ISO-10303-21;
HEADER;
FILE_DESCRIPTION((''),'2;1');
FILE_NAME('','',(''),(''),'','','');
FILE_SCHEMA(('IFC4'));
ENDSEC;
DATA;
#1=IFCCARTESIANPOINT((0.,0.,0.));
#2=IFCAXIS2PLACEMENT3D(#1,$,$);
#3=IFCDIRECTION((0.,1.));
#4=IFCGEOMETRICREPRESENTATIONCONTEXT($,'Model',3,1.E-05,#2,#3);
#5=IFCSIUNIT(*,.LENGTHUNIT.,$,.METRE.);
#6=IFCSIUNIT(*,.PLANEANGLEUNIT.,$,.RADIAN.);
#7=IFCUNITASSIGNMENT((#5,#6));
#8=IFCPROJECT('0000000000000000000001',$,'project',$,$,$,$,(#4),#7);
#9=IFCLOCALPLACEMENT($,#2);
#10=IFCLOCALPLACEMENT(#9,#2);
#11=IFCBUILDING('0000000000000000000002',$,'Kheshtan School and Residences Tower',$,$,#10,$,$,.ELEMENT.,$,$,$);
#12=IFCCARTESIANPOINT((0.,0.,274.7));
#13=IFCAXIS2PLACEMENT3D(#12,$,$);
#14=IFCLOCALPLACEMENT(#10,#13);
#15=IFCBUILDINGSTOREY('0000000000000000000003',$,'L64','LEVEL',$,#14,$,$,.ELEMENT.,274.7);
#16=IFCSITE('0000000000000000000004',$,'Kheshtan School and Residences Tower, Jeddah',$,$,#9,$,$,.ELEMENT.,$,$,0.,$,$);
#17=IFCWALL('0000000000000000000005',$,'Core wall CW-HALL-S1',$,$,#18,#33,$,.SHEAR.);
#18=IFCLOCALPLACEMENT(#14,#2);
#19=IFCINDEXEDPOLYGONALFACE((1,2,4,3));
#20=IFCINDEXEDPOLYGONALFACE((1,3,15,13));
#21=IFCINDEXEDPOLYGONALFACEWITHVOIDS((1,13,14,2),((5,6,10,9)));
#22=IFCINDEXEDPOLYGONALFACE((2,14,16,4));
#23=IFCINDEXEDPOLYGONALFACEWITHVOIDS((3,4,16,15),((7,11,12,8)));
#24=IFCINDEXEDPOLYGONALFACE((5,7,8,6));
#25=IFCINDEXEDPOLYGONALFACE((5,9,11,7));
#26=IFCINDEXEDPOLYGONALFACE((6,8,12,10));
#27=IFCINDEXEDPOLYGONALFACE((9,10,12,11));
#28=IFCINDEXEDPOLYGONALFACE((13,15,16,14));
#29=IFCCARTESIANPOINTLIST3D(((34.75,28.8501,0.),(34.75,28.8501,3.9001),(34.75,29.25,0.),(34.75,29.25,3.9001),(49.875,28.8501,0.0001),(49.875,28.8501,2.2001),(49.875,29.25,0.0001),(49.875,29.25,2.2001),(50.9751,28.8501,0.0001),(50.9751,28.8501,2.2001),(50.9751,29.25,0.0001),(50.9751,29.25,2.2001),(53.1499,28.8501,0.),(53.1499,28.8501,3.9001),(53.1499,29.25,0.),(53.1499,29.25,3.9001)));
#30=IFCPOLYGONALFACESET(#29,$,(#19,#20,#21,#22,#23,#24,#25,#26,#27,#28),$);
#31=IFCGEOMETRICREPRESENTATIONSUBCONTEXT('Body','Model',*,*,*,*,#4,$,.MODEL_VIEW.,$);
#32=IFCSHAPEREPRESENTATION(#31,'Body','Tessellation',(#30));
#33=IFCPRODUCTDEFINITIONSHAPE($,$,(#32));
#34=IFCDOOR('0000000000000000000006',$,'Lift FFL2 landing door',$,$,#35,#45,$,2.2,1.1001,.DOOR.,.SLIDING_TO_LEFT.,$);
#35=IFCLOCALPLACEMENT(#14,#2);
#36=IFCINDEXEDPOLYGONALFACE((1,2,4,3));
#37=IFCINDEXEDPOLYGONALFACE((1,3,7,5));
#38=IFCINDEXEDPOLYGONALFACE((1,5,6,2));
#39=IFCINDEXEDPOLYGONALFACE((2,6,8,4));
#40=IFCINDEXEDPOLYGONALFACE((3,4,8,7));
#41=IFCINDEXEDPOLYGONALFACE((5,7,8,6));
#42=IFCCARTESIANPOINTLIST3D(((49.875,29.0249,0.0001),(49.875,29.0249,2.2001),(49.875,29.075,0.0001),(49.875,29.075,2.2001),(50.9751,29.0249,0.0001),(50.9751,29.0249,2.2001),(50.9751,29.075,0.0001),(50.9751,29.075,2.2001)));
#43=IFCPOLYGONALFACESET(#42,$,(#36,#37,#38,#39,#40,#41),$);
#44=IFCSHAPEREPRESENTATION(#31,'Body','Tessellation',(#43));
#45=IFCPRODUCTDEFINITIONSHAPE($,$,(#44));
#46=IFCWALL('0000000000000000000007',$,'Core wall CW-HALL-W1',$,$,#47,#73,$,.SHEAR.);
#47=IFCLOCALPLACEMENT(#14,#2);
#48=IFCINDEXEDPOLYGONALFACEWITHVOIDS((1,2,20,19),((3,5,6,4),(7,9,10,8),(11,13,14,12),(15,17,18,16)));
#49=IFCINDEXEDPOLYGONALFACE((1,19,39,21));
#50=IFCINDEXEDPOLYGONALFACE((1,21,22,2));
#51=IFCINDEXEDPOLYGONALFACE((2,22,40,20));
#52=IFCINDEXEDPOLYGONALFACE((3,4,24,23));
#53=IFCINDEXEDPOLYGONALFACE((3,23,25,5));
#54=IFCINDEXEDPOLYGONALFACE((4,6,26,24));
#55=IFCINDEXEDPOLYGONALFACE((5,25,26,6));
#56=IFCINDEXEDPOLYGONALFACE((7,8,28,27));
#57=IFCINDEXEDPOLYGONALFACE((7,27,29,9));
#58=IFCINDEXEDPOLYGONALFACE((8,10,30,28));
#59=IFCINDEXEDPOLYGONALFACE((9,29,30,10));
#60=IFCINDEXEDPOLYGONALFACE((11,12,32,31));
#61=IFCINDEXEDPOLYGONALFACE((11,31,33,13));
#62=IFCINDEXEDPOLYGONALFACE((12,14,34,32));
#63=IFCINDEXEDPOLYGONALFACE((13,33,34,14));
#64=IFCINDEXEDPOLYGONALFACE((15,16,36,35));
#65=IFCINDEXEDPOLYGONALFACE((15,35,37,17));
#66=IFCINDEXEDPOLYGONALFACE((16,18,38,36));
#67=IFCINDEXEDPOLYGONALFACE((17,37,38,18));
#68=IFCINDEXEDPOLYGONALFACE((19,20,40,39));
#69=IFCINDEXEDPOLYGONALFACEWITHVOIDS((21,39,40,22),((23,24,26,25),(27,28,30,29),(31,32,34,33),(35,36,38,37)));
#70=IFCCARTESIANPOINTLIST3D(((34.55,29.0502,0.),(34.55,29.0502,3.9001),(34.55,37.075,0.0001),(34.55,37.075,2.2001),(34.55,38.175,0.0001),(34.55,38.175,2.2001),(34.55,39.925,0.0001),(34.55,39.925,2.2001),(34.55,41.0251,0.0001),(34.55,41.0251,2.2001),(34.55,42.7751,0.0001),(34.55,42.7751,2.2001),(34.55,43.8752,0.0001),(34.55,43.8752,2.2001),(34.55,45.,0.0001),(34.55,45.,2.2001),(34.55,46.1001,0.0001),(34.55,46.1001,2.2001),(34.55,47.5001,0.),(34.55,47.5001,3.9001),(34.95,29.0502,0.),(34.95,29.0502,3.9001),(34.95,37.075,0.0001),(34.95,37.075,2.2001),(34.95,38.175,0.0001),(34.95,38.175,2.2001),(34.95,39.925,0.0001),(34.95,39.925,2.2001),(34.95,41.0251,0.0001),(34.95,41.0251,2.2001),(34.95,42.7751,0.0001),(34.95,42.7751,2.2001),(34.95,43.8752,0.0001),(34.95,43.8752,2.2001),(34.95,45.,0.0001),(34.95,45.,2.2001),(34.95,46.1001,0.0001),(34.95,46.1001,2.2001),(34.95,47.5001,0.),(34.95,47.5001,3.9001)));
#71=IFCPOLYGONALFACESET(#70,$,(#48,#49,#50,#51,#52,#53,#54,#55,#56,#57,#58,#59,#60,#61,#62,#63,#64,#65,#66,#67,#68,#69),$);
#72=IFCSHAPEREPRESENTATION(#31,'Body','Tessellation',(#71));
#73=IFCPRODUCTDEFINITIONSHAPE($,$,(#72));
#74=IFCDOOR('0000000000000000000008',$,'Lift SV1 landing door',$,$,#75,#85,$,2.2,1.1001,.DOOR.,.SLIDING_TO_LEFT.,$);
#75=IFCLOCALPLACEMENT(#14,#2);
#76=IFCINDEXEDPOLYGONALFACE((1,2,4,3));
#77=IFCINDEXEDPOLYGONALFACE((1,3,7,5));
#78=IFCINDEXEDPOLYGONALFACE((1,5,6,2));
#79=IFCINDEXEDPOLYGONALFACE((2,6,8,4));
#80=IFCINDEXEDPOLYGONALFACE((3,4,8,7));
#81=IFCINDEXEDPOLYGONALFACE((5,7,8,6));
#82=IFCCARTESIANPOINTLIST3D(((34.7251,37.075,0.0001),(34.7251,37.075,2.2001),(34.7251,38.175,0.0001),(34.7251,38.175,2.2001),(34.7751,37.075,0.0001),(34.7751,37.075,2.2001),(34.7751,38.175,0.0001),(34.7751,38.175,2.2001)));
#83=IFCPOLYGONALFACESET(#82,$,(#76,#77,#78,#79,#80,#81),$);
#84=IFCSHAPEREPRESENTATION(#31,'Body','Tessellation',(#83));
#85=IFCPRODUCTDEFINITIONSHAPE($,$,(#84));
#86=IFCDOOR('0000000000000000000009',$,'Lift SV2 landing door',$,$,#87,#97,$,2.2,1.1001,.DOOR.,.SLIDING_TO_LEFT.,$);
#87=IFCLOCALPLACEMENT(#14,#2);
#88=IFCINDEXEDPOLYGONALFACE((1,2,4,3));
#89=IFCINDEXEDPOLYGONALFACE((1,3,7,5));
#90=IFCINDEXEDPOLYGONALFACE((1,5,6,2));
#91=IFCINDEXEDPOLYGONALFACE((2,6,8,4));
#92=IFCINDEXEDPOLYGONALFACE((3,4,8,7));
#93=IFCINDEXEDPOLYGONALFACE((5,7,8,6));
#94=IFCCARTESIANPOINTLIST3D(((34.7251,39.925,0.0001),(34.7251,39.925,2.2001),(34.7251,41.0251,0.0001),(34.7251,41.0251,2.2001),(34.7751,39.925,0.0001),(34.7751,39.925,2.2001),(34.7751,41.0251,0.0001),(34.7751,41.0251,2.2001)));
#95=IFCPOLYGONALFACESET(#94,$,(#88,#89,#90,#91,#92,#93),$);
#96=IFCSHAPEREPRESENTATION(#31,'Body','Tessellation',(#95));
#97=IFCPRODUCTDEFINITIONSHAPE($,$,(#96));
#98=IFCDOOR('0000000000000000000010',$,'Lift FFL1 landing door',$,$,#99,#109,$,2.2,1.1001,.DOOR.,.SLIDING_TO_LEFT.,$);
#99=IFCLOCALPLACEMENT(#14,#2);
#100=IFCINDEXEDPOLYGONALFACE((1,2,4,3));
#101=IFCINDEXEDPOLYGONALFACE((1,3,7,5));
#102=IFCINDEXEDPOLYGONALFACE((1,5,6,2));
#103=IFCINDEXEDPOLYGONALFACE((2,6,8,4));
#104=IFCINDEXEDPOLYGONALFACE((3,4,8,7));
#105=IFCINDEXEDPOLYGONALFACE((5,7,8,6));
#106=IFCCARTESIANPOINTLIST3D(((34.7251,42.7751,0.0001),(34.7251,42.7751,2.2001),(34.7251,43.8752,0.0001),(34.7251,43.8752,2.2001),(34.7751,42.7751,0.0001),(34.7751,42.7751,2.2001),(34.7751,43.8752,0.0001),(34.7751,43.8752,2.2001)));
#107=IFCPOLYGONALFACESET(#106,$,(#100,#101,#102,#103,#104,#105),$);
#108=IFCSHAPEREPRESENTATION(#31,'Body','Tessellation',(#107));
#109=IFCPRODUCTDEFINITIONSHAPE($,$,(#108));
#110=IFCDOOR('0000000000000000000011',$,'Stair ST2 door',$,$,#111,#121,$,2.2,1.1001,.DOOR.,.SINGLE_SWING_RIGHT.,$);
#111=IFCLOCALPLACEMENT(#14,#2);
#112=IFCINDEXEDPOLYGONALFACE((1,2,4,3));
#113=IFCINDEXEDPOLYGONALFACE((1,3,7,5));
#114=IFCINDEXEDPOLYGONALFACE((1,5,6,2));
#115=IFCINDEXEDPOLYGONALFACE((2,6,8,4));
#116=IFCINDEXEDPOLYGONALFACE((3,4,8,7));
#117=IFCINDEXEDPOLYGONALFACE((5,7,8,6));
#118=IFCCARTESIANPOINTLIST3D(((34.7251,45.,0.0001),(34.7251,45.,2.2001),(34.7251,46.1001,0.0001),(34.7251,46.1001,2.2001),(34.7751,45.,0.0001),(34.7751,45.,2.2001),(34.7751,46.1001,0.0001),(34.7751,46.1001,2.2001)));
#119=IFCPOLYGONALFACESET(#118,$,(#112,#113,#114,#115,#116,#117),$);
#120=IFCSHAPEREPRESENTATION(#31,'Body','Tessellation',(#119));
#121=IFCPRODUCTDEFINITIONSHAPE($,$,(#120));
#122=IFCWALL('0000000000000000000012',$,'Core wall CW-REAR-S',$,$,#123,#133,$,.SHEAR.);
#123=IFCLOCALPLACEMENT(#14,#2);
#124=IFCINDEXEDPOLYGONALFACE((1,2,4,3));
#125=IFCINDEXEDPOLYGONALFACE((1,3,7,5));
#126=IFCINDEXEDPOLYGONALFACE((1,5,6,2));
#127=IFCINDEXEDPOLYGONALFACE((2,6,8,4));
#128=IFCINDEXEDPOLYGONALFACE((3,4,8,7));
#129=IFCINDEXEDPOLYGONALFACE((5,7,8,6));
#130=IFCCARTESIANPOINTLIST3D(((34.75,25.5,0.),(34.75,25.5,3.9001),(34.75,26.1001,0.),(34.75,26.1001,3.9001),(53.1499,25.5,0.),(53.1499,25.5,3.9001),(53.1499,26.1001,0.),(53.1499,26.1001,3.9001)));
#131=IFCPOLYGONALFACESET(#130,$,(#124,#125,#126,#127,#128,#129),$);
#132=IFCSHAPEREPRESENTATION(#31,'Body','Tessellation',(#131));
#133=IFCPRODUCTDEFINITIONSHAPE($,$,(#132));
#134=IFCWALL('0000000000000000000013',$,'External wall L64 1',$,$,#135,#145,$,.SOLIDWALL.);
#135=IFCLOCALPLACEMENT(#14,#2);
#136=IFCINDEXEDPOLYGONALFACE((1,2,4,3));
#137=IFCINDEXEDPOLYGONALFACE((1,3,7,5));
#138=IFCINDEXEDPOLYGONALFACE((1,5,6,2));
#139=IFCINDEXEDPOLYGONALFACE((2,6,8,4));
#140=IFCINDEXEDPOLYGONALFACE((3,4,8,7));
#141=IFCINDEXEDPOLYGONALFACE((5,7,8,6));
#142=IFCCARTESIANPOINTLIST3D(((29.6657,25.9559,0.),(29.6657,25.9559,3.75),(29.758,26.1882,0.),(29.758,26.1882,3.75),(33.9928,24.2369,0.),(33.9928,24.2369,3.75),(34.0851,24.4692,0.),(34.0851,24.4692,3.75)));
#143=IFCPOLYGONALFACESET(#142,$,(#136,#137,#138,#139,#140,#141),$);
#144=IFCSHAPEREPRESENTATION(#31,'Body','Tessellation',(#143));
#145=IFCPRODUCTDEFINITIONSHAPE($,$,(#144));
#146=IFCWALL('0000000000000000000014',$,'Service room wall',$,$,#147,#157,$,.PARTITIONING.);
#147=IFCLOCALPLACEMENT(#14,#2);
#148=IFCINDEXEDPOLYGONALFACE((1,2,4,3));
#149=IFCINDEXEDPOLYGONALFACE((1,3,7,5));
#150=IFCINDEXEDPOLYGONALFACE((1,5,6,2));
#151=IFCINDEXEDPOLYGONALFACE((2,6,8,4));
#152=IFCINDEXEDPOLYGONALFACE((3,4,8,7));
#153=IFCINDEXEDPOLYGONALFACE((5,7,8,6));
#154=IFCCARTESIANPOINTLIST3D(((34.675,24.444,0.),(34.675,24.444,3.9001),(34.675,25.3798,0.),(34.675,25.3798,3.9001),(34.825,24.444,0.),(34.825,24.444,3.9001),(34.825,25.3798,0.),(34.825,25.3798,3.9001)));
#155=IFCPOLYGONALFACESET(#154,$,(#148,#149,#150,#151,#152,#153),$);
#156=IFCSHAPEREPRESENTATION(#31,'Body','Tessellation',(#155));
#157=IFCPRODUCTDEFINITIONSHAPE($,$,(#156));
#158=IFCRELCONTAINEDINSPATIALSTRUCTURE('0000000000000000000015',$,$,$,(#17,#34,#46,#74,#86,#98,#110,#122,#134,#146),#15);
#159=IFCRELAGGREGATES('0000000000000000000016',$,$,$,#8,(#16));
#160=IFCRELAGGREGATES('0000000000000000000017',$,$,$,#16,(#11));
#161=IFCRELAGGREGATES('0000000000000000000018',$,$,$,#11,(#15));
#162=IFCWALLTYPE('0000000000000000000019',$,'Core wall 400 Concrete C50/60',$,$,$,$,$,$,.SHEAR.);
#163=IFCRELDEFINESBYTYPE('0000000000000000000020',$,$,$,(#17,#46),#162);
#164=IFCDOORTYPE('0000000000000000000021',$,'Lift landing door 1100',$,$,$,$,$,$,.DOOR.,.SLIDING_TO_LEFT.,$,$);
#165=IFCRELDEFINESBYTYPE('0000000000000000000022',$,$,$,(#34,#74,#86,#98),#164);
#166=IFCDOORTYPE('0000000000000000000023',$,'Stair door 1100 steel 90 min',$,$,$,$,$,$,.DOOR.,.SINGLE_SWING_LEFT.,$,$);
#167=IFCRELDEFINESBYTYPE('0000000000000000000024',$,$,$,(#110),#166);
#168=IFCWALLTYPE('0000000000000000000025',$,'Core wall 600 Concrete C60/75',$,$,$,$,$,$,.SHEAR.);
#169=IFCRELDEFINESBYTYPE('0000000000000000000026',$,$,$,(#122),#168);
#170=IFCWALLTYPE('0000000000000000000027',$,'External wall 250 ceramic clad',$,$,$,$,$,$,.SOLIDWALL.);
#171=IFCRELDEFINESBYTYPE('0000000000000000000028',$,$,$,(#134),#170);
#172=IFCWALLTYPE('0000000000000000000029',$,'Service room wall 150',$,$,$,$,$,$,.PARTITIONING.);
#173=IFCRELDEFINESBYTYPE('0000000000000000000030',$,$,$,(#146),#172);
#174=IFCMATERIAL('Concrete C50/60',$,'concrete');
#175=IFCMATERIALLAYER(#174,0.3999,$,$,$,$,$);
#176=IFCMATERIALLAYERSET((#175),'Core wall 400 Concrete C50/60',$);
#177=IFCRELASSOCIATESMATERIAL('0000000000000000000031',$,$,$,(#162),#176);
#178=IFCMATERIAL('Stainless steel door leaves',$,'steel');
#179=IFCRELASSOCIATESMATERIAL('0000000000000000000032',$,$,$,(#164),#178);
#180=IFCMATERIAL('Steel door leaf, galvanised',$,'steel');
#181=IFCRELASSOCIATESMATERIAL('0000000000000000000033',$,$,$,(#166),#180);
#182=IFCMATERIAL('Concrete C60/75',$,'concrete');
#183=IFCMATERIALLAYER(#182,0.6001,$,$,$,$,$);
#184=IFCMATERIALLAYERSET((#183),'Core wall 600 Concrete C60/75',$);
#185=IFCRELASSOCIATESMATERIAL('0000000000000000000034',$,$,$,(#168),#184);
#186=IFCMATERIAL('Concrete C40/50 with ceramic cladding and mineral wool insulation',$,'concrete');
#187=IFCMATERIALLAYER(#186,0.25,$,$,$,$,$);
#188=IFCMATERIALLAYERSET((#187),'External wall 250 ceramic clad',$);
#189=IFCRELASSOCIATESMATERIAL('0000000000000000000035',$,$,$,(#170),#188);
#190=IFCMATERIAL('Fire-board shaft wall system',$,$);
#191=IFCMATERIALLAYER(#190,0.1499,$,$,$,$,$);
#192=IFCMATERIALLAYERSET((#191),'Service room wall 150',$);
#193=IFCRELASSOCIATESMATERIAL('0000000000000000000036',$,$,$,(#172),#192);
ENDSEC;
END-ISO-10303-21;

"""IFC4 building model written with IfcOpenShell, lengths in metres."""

from ifc_helpers import new_model, si_unit, direction, frame, frame_2d, origin, place, context, subcontext, project, spatial, rectangle, extrude, source, transform, mapped, material, layer, layer_set, type_object, element, fill, save


model = new_model("IFC4")

# Units and contexts
model_context = context("Model", 3, precision=1e-05, world=origin(), true_north=direction((0.0, 1.0)))
body_context = subcontext(model_context, "Body", "Model", "MODEL_VIEW")
ifc_project = project(units=[si_unit("LENGTHUNIT", "METRE"), si_unit("PLANEANGLEUNIT", "RADIAN")], contexts=[model_context])

# Site, building, storey
site_placement = place(None, origin())
site = spatial("IfcSite", under=ifc_project, at=site_placement, Name="Kheshtan School and Residences Tower, Jeddah", CompositionType="ELEMENT", RefElevation=0.0)
building_placement = place(site_placement, origin())
building = spatial("IfcBuilding", under=site, at=building_placement, Name="Kheshtan School and Residences Tower", CompositionType="ELEMENT")
storey_placement = place(building_placement, frame((0.0, 0.0, 274.7)))
storey = spatial("IfcBuildingStorey", under=building, at=storey_placement, Name="L64", Description="LEVEL", CompositionType="ELEMENT", Elevation=274.7)

# Wall, opening, door
ifc_material_1 = material(Name="Concrete C50/60", Category="concrete")
ifc_layer_1 = layer(ifc_material_1, 0.3999)
ifc_layer_set_1 = layer_set([ifc_layer_1], Name="Core wall 400 Concrete C50/60")
wall_type_1 = type_object("IfcWallType", Name="Core wall 400 Concrete C50/60", PredefinedType="SHEAR", material=ifc_layer_set_1)
wall_1_placement = place(storey_placement, frame((34.75, 29.05, 0.0), z_axis=(0.0, 0.0, 1.0), x_axis=(1.0, 0.0, 0.0)))
wall_1 = element("IfcWall", 1, at=wall_1_placement, inside=storey, type_object=wall_type_1, Name="Core wall CW-HALL-S1", PredefinedType="SHEAR", context=body_context, shape_type="SweptSolid", body=[
    extrude(rectangle(XDim=18.3999, YDim=0.3999, at=frame_2d((9.2, 0.0))), origin(), (0.0, 0.0, 1.0), 3.9001),
])
opening_1_placement = place(wall_1_placement, frame((15.125, 0.0, 0.0)))
opening_1 = element("IfcOpeningElement", 2, at=opening_1_placement, cuts=wall_1, PredefinedType="OPENING", context=body_context, shape_type="SweptSolid", body=[
    extrude(rectangle(XDim=1.1001, YDim=2.2, at=frame_2d((0.55, 1.1001))), frame((0.0, 0.21, 0.0), z_axis=(0.0, -1.0, 0.0), x_axis=(1.0, 0.0, 0.0)), (0.0, 0.0, 1.0), 0.4199),
])
ifc_material_2 = material(Name="Stainless steel door leaves", Category="steel")
door_type_1 = type_object("IfcDoorType", Name="Lift landing door 1100", OperationType="SLIDING_TO_LEFT", PredefinedType="DOOR", material=ifc_material_2)
shared_shape_1 = source(origin(), body_context, "Body", "SweptSolid", [
    extrude(rectangle(XDim=1.1001, YDim=2.2, at=frame_2d((0.55, 1.1001))), frame((0.0, 0.0249, 0.0), z_axis=(0.0, -1.0, 0.0), x_axis=(1.0, 0.0, 0.0)), (0.0, 0.0, 1.0), 0.05),
])
door_1_placement = place(opening_1_placement, origin())
door_1 = element("IfcDoor", 3, at=door_1_placement, inside=storey, type_object=door_type_1, Name="Lift FFL2 landing door", OperationType="SLIDING_TO_LEFT", OverallHeight=2.2, OverallWidth=1.1001, PredefinedType="DOOR", context=body_context, shape_type="MappedRepresentation", body=[
    mapped(shared_shape_1, transform((0.0, 0.0, 0.0), x_axis=(1.0, 0.0, 0.0), y_axis=(0.0, 1.0, 0.0), z_axis=(0.0, 0.0, 1.0), scale=1.0)),
])
fill(opening_1, door_1)

# Wall, openings, doors
wall_2_placement = place(storey_placement, frame((34.75, 29.05, 0.0), z_axis=(0.0, 0.0, 1.0), x_axis=(0.0, 1.0, 0.0)))
wall_2 = element("IfcWall", 4, at=wall_2_placement, inside=storey, type_object=wall_type_1, Name="Core wall CW-HALL-W1", PredefinedType="SHEAR", context=body_context, shape_type="SweptSolid", body=[
    extrude(rectangle(XDim=18.45, YDim=0.3999, at=frame_2d((9.2251, 0.0))), origin(), (0.0, 0.0, 1.0), 3.9001),
])
opening_2_placement = place(wall_2_placement, frame((8.0249, 0.0, 0.0)))
opening_2 = element("IfcOpeningElement", 5, at=opening_2_placement, cuts=wall_2, PredefinedType="OPENING", context=body_context, shape_type="SweptSolid", body=[
    extrude(rectangle(XDim=1.1001, YDim=2.2, at=frame_2d((0.55, 1.1001))), frame((0.0, 0.21, 0.0), z_axis=(0.0, -1.0, 0.0), x_axis=(1.0, 0.0, 0.0)), (0.0, 0.0, 1.0), 0.4199),
])
opening_3_placement = place(wall_2_placement, frame((10.875, 0.0, 0.0)))
opening_3 = element("IfcOpeningElement", 6, at=opening_3_placement, cuts=wall_2, PredefinedType="OPENING", context=body_context, shape_type="SweptSolid", body=[
    extrude(rectangle(XDim=1.1001, YDim=2.2, at=frame_2d((0.55, 1.1001))), frame((0.0, 0.21, 0.0), z_axis=(0.0, -1.0, 0.0), x_axis=(1.0, 0.0, 0.0)), (0.0, 0.0, 1.0), 0.4199),
])
opening_4_placement = place(wall_2_placement, frame((13.7251, 0.0, 0.0)))
opening_4 = element("IfcOpeningElement", 7, at=opening_4_placement, cuts=wall_2, PredefinedType="OPENING", context=body_context, shape_type="SweptSolid", body=[
    extrude(rectangle(XDim=1.1001, YDim=2.2, at=frame_2d((0.55, 1.1001))), frame((0.0, 0.21, 0.0), z_axis=(0.0, -1.0, 0.0), x_axis=(1.0, 0.0, 0.0)), (0.0, 0.0, 1.0), 0.4199),
])
opening_5_placement = place(wall_2_placement, frame((15.95, 0.0, 0.0)))
opening_5 = element("IfcOpeningElement", 8, at=opening_5_placement, cuts=wall_2, PredefinedType="OPENING", context=body_context, shape_type="SweptSolid", body=[
    extrude(rectangle(XDim=1.1001, YDim=2.2, at=frame_2d((0.55, 1.1001))), frame((0.0, 0.21, 0.0), z_axis=(0.0, -1.0, 0.0), x_axis=(1.0, 0.0, 0.0)), (0.0, 0.0, 1.0), 0.4199),
])
door_2_placement = place(opening_2_placement, origin())
door_2 = element("IfcDoor", 9, at=door_2_placement, inside=storey, type_object=door_type_1, Name="Lift SV1 landing door", OperationType="SLIDING_TO_LEFT", OverallHeight=2.2, OverallWidth=1.1001, PredefinedType="DOOR", context=body_context, shape_type="MappedRepresentation", body=[
    mapped(shared_shape_1, transform((0.0, 0.0, 0.0), x_axis=(1.0, 0.0, 0.0), y_axis=(0.0, 1.0, 0.0), z_axis=(0.0, 0.0, 1.0), scale=1.0)),
])
fill(opening_2, door_2)
door_3_placement = place(opening_3_placement, origin())
door_3 = element("IfcDoor", 10, at=door_3_placement, inside=storey, type_object=door_type_1, Name="Lift SV2 landing door", OperationType="SLIDING_TO_LEFT", OverallHeight=2.2, OverallWidth=1.1001, PredefinedType="DOOR", context=body_context, shape_type="MappedRepresentation", body=[
    mapped(shared_shape_1, transform((0.0, 0.0, 0.0), x_axis=(1.0, 0.0, 0.0), y_axis=(0.0, 1.0, 0.0), z_axis=(0.0, 0.0, 1.0), scale=1.0)),
])
fill(opening_3, door_3)
door_4_placement = place(opening_4_placement, origin())
door_4 = element("IfcDoor", 11, at=door_4_placement, inside=storey, type_object=door_type_1, Name="Lift FFL1 landing door", OperationType="SLIDING_TO_LEFT", OverallHeight=2.2, OverallWidth=1.1001, PredefinedType="DOOR", context=body_context, shape_type="MappedRepresentation", body=[
    mapped(shared_shape_1, transform((0.0, 0.0, 0.0), x_axis=(1.0, 0.0, 0.0), y_axis=(0.0, 1.0, 0.0), z_axis=(0.0, 0.0, 1.0), scale=1.0)),
])
fill(opening_4, door_4)
ifc_material_3 = material(Name="Steel door leaf, galvanised", Category="steel")
door_type_2 = type_object("IfcDoorType", Name="Stair door 1100 steel 90 min", OperationType="SINGLE_SWING_LEFT", PredefinedType="DOOR", material=ifc_material_3)
shared_shape_2 = source(origin(), body_context, "Body", "SweptSolid", [
    extrude(rectangle(XDim=1.1001, YDim=2.2, at=frame_2d((0.55, 1.1001))), frame((0.0, 0.0249, 0.0), z_axis=(0.0, -1.0, 0.0), x_axis=(1.0, 0.0, 0.0)), (0.0, 0.0, 1.0), 0.05),
])
door_5_placement = place(opening_5_placement, origin())
door_5 = element("IfcDoor", 12, at=door_5_placement, inside=storey, type_object=door_type_2, Name="Stair ST2 door", OperationType="SINGLE_SWING_RIGHT", OverallHeight=2.2, OverallWidth=1.1001, PredefinedType="DOOR", context=body_context, shape_type="MappedRepresentation", body=[
    mapped(shared_shape_2, transform((0.0, 0.0, 0.0), x_axis=(1.0, 0.0, 0.0), y_axis=(0.0, 1.0, 0.0), z_axis=(0.0, 0.0, 1.0), scale=1.0)),
])
fill(opening_5, door_5)

# Walls
ifc_material_4 = material(Name="Concrete C60/75", Category="concrete")
ifc_layer_2 = layer(ifc_material_4, 0.6001)
ifc_layer_set_2 = layer_set([ifc_layer_2], Name="Core wall 600 Concrete C60/75")
wall_type_2 = type_object("IfcWallType", Name="Core wall 600 Concrete C60/75", PredefinedType="SHEAR", material=ifc_layer_set_2)
wall_3_placement = place(storey_placement, frame((34.75, 25.8, 0.0), z_axis=(0.0, 0.0, 1.0), x_axis=(1.0, 0.0, 0.0)))
element("IfcWall", 13, at=wall_3_placement, inside=storey, type_object=wall_type_2, Name="Core wall CW-REAR-S", PredefinedType="SHEAR", context=body_context, shape_type="SweptSolid", body=[
    extrude(rectangle(XDim=18.3999, YDim=0.6001, at=frame_2d((9.2, 0.0))), origin(), (0.0, 0.0, 1.0), 3.9001),
])
ifc_material_5 = material(Name="Concrete C40/50 with ceramic cladding and mineral wool insulation", Category="concrete")
ifc_layer_3 = layer(ifc_material_5, 0.25)
ifc_layer_set_3 = layer_set([ifc_layer_3], Name="External wall 250 ceramic clad")
wall_type_3 = type_object("IfcWallType", Name="External wall 250 ceramic clad", PredefinedType="SOLIDWALL", material=ifc_layer_set_3)
wall_4_placement = place(storey_placement, frame((34.0391, 24.353, 0.0), z_axis=(0.0, 0.0, 1.0), x_axis=(-0.929353, 0.369193, 0.0)))
element("IfcWall", 14, at=wall_4_placement, inside=storey, type_object=wall_type_3, Name="External wall L64 1", PredefinedType="SOLIDWALL", context=body_context, shape_type="SweptSolid", body=[
    extrude(rectangle(XDim=4.656, YDim=0.25, at=frame_2d((2.3281, 0.0))), origin(), (0.0, 0.0, 1.0), 3.75),
])
ifc_material_6 = material(Name="Fire-board shaft wall system")
ifc_layer_4 = layer(ifc_material_6, 0.1499)
ifc_layer_set_4 = layer_set([ifc_layer_4], Name="Service room wall 150")
wall_type_4 = type_object("IfcWallType", Name="Service room wall 150", PredefinedType="PARTITIONING", material=ifc_layer_set_4)
wall_5_placement = place(storey_placement, frame((34.75, 24.4441, 0.0), z_axis=(0.0, 0.0, 1.0), x_axis=(0.0, 1.0, 0.0)))
element("IfcWall", 15, at=wall_5_placement, inside=storey, type_object=wall_type_4, Name="Service room wall", PredefinedType="PARTITIONING", context=body_context, shape_type="SweptSolid", body=[
    extrude(rectangle(XDim=0.9358, YDim=0.1499, at=frame_2d((0.4678, 0.0))), origin(), (0.0, 0.0, 1.0), 3.9001),
])

save(model, "model.ifc")
